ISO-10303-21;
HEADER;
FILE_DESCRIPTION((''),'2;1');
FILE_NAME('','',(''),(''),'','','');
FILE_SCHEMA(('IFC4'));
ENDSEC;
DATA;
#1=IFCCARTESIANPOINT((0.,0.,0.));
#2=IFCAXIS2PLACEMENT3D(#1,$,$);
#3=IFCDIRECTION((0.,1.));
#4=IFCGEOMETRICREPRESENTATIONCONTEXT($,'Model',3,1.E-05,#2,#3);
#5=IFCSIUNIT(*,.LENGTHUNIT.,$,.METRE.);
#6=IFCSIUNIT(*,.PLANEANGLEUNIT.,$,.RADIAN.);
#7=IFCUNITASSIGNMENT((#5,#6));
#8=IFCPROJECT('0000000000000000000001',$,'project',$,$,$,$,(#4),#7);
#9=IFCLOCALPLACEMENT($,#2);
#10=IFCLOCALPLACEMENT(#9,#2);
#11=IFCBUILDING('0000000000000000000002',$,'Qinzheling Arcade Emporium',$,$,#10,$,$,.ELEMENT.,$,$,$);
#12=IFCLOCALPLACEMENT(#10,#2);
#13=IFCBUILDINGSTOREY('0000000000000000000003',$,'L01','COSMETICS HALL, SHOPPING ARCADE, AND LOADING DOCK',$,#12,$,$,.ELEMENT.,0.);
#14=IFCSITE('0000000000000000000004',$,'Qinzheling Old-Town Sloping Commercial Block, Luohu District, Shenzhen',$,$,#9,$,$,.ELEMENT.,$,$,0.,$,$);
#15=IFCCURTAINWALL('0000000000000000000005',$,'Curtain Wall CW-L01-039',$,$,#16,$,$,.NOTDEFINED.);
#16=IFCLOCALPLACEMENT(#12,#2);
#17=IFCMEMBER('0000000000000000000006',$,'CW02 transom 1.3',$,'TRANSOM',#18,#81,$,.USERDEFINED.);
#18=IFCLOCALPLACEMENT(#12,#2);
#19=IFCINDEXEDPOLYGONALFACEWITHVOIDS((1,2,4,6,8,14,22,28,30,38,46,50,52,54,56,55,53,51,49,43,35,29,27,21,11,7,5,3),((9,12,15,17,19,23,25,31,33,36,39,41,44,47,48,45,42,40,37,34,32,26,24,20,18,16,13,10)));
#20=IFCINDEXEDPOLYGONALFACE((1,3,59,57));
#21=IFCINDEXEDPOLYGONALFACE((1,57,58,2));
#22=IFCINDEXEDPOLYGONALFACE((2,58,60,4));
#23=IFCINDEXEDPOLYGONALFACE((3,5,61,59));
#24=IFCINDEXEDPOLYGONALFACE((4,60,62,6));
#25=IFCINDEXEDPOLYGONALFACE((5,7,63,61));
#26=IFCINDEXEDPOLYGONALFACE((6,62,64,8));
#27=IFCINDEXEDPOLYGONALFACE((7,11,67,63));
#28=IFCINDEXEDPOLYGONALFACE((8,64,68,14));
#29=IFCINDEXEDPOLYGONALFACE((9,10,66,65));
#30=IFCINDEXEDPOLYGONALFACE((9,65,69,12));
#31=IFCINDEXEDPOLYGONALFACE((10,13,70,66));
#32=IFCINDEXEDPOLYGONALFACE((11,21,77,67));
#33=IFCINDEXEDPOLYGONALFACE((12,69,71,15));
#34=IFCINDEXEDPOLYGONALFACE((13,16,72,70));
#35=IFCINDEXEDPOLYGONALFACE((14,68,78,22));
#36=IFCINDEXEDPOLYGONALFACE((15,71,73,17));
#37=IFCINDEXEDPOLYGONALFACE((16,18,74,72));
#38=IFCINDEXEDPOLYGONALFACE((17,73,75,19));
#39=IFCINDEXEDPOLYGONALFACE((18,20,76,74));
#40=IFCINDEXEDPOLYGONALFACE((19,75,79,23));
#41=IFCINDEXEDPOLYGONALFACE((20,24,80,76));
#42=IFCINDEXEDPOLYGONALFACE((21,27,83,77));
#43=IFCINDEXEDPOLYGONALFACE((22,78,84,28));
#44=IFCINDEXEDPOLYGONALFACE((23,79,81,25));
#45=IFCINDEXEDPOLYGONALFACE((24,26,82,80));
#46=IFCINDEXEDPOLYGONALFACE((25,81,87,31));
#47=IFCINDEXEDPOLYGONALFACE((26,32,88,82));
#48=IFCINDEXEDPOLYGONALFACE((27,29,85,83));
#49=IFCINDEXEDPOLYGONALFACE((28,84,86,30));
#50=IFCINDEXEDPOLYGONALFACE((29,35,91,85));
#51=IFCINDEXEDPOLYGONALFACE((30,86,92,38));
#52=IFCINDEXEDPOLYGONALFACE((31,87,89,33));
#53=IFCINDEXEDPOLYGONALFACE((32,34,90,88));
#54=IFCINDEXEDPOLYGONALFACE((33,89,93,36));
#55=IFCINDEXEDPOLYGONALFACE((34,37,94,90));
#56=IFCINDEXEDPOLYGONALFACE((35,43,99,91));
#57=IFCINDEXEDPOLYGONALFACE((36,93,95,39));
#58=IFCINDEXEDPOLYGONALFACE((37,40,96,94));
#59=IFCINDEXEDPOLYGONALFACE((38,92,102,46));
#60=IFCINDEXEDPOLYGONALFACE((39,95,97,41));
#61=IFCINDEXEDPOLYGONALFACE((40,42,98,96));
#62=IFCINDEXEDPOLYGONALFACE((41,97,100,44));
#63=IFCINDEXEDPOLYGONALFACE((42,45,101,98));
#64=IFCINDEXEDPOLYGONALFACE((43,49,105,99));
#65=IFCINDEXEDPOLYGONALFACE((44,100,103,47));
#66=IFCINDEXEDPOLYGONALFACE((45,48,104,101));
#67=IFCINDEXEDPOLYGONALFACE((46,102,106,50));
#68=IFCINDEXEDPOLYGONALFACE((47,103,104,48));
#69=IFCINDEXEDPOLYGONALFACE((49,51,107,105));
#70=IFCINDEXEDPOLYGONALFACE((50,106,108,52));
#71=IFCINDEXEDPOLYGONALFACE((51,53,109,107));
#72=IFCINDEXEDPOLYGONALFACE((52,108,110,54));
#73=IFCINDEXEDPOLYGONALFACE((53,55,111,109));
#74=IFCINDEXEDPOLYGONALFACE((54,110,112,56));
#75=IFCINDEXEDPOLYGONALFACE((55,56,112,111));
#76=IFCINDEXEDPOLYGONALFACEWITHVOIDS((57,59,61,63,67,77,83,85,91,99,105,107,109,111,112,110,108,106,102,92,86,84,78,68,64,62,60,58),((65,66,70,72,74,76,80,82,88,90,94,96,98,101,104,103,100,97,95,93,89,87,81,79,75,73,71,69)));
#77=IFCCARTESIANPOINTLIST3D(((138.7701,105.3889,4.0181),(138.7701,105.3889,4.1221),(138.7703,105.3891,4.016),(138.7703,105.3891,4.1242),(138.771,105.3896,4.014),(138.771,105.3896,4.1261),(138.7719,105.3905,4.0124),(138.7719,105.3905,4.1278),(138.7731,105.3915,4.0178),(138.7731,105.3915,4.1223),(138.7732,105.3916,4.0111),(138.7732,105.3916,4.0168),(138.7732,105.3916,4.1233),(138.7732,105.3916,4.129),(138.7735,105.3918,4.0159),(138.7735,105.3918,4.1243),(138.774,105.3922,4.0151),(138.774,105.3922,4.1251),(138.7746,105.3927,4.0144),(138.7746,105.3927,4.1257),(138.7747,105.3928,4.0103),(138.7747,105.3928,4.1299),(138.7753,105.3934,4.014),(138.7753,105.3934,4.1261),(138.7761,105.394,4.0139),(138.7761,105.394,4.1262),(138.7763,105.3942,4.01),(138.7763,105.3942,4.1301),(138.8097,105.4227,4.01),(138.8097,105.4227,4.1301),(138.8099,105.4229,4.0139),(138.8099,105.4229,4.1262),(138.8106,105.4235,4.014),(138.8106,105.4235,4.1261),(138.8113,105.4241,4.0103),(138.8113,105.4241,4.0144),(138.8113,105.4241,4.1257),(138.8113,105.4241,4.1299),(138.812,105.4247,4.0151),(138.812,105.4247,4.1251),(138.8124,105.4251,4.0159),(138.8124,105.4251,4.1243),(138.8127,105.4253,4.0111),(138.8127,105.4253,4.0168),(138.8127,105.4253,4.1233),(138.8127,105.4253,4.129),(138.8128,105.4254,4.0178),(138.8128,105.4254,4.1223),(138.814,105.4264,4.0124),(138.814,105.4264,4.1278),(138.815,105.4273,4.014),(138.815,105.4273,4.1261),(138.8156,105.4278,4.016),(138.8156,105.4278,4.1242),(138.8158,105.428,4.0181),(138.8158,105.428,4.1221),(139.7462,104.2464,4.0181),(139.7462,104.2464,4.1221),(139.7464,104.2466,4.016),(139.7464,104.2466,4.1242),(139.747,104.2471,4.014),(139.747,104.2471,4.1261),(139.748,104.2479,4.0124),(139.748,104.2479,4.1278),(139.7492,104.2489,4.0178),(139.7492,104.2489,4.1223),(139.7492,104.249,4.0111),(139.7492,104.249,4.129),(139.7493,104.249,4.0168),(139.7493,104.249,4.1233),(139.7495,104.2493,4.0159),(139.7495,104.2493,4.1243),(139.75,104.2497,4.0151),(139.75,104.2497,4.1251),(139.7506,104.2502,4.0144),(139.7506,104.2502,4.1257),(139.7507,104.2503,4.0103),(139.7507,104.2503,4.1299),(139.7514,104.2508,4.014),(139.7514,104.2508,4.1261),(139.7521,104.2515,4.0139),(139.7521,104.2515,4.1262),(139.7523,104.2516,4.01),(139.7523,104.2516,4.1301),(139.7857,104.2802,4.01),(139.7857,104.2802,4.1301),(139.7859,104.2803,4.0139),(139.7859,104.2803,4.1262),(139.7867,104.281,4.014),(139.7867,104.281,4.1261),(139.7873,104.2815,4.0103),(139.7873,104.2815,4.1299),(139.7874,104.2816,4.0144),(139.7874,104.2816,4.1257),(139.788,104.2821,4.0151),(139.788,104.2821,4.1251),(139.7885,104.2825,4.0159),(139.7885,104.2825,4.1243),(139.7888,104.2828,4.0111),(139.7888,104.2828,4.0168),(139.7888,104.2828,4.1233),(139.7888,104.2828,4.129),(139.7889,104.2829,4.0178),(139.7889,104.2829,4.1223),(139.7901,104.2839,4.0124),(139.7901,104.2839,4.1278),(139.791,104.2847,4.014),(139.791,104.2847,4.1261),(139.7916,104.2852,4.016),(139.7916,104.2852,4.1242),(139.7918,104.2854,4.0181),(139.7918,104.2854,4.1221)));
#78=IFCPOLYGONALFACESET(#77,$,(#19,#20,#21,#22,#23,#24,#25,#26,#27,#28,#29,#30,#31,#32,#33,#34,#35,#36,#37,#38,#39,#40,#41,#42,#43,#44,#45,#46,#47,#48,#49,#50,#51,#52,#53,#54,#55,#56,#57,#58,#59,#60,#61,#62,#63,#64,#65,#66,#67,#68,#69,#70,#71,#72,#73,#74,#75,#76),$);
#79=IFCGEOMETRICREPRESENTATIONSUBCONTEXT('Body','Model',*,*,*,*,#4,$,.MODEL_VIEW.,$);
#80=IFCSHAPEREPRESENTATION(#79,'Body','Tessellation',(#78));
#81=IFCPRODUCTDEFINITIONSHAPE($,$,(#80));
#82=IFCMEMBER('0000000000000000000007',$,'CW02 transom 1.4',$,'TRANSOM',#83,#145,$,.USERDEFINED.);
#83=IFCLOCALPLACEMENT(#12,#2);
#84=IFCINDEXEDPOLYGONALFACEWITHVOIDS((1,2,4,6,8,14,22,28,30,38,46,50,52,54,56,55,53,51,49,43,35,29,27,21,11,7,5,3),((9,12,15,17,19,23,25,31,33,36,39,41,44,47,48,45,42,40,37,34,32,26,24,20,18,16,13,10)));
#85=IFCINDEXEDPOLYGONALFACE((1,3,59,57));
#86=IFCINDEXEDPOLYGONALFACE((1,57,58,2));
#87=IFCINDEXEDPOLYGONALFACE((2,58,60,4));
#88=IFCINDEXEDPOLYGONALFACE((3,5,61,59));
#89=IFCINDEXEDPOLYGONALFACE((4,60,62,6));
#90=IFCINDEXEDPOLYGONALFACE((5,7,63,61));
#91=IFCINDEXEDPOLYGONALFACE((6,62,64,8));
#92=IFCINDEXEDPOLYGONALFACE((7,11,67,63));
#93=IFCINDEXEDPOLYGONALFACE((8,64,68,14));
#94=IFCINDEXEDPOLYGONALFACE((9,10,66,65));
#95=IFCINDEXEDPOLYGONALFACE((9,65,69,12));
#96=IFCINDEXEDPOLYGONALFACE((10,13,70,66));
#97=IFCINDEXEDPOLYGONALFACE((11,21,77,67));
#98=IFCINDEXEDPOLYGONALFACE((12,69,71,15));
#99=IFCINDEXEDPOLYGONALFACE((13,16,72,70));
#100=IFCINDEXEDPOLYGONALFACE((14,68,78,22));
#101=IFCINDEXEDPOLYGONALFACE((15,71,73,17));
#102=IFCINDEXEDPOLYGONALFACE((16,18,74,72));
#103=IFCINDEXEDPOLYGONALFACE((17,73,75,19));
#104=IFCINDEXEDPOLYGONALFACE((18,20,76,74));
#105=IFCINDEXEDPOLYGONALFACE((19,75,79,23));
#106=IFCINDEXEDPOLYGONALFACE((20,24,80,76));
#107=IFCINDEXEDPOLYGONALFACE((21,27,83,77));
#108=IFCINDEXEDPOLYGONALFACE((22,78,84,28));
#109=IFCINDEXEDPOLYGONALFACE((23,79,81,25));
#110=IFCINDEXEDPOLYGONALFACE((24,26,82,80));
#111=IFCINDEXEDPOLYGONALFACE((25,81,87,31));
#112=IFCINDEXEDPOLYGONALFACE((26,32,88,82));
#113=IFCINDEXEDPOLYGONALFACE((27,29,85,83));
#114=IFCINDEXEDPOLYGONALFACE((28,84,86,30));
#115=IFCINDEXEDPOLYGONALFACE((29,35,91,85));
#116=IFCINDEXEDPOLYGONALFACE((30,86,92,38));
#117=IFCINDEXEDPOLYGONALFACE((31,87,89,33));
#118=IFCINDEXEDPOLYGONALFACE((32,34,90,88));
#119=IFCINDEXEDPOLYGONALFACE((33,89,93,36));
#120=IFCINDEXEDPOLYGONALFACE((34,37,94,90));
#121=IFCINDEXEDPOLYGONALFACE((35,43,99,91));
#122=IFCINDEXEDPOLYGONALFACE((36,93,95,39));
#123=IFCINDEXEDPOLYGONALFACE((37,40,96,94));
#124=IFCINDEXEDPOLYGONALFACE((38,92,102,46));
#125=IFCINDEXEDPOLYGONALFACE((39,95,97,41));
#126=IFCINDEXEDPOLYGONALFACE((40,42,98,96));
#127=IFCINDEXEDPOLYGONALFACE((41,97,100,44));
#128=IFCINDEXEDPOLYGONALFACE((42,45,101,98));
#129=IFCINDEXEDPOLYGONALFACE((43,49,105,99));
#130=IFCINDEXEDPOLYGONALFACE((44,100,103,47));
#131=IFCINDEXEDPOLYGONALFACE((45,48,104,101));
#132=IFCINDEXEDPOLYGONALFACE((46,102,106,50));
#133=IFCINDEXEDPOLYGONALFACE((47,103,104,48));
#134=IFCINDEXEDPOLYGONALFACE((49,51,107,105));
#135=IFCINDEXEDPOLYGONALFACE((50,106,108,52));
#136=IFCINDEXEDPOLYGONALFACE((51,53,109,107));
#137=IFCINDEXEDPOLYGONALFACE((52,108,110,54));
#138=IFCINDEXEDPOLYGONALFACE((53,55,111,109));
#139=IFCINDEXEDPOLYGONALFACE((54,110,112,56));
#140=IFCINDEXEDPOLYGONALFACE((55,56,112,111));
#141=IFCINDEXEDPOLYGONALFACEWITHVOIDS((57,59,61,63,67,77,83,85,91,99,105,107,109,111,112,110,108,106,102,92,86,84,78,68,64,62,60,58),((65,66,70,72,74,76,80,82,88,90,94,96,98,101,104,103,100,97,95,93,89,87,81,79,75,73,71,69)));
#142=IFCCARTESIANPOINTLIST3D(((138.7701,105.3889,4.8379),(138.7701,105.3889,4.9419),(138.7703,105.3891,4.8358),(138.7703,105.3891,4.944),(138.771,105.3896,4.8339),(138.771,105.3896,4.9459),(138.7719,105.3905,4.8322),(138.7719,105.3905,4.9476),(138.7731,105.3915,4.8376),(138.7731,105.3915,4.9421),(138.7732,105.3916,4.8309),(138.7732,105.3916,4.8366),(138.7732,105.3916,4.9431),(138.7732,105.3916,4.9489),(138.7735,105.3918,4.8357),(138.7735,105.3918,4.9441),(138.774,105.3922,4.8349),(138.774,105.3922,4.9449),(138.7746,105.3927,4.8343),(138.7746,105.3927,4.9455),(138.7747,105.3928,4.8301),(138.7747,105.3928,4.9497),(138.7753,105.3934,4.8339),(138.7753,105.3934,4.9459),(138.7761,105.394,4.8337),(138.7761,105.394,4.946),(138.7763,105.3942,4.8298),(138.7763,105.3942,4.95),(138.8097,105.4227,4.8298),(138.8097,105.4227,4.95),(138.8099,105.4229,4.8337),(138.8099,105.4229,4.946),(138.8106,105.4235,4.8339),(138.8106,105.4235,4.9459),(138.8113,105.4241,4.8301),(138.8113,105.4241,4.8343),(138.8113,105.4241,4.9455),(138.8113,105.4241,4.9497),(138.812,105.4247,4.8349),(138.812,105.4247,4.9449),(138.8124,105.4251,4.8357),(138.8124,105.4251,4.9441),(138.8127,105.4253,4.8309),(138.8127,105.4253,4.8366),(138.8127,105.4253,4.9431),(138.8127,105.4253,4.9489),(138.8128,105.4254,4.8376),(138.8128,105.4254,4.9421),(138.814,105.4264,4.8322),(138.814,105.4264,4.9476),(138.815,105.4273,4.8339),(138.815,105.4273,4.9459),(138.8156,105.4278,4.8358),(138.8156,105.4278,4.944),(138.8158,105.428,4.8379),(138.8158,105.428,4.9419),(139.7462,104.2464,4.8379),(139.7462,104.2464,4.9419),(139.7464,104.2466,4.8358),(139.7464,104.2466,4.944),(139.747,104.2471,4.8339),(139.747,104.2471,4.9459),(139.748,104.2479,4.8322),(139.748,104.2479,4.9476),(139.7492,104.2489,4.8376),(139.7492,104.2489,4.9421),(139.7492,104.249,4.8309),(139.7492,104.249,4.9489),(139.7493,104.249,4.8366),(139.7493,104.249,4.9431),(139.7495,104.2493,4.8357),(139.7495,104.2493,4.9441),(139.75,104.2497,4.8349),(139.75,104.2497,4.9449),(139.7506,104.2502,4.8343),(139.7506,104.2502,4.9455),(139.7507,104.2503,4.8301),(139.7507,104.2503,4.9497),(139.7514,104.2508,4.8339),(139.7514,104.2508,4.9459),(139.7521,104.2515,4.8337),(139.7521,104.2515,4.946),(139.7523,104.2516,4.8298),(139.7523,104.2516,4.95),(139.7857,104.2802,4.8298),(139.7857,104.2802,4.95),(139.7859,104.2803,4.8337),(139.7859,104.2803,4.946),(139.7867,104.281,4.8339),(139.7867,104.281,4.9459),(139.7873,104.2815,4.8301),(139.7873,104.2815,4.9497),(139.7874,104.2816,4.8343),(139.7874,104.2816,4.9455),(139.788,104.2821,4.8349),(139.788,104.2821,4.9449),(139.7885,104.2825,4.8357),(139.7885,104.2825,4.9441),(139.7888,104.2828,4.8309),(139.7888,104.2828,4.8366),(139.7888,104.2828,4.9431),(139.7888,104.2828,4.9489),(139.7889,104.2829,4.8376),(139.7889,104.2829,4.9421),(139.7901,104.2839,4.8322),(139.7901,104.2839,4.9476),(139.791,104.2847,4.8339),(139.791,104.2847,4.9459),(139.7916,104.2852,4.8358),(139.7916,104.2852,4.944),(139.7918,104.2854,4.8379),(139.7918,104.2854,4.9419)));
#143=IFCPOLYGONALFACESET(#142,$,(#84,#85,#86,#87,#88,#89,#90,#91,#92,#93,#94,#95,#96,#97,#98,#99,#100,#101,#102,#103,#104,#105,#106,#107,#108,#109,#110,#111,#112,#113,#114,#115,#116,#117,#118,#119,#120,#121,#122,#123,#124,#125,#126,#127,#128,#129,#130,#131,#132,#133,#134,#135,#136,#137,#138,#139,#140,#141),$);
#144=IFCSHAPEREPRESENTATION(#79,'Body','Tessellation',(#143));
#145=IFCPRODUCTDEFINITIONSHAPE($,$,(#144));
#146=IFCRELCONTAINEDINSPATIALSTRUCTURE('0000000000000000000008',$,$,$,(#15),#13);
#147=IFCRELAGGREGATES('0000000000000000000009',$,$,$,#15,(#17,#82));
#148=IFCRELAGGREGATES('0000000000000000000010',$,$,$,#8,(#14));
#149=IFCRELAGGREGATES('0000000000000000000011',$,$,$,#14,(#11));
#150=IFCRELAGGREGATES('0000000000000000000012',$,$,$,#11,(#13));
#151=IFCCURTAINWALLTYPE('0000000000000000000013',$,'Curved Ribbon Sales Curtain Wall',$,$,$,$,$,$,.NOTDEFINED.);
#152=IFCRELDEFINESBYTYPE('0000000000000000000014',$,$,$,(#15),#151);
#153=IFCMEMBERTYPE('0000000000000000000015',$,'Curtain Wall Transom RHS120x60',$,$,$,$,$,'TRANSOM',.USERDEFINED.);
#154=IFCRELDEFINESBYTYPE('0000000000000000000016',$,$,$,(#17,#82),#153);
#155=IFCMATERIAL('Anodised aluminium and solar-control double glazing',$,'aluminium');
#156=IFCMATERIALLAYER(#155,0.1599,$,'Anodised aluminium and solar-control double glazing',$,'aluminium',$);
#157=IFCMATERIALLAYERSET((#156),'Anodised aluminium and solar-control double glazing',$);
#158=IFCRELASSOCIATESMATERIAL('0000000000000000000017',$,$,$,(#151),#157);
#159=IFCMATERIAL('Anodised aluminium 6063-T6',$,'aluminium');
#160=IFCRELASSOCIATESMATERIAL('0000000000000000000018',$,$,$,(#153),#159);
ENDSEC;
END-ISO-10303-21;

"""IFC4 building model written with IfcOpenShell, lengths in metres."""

from ifc_helpers import new_model, si_unit, direction, frame, origin, origin_2d, place, context, subcontext, project, spatial, hollow_rectangle, extrude, material, layer, layer_set, material_profile, profile_set, type_object, element, aggregate, save


model = new_model("IFC4")

# Units and contexts
model_context = context("Model", 3, precision=1e-05, world=origin(), true_north=direction((0.0, 1.0)))
body_context = subcontext(model_context, "Body", "Model", "MODEL_VIEW")
ifc_project = project(units=[si_unit("LENGTHUNIT", "METRE"), si_unit("PLANEANGLEUNIT", "RADIAN")], contexts=[model_context])

# Site, building, storey
site_placement = place(None, origin())
site = spatial("IfcSite", under=ifc_project, at=site_placement, Name="Qinzheling Old-Town Sloping Commercial Block, Luohu District, Shenzhen", CompositionType="ELEMENT", RefElevation=0.0)
building_placement = place(site_placement, origin())
building = spatial("IfcBuilding", under=site, at=building_placement, Name="Qinzheling Arcade Emporium", CompositionType="ELEMENT")
storey_placement = place(building_placement, origin())
storey = spatial("IfcBuildingStorey", under=building, at=storey_placement, Name="L01", Description="COSMETICS HALL, SHOPPING ARCADE, AND LOADING DOCK", CompositionType="ELEMENT", Elevation=0.0)

# Curtain wall
ifc_material_1 = material(Name="Anodised aluminium and solar-control double glazing", Category="aluminium")
ifc_layer_1 = layer(ifc_material_1, 0.1599, Name="Anodised aluminium and solar-control double glazing", Category="aluminium")
ifc_layer_set_1 = layer_set([ifc_layer_1], Name="Anodised aluminium and solar-control double glazing")
curtain_wall_type = type_object("IfcCurtainWallType", Name="Curved Ribbon Sales Curtain Wall", PredefinedType="NOTDEFINED", material=ifc_layer_set_1)
ifc_material_2 = material(Name="Anodised aluminium 6063-T6", Category="aluminium")
curtain_wall_1_placement = place(storey_placement, origin())
curtain_wall_1 = element("IfcCurtainWall", 1, at=curtain_wall_1_placement, inside=storey, type_object=curtain_wall_type, Name="Curtain Wall CW-L01-039", PredefinedType="NOTDEFINED")

# Members
ifc_material_profile_1 = material_profile(ifc_material_2, hollow_rectangle(XDim=0.0601, YDim=0.1201, WallThickness=0.0039, InnerFilletRadius=0.0039, OuterFilletRadius=0.0081, at=origin_2d()), Name="RHS 120x60x4", Category="aluminium")
ifc_profile_set_1 = profile_set([ifc_material_profile_1], Name="Anodised aluminium 6063-T6")
member_type_1 = type_object("IfcMemberType", Name="Curtain Wall Transom RHS120x60", ElementType="TRANSOM", PredefinedType="USERDEFINED", material=ifc_profile_set_1)
member_1_placement = place(storey_placement, frame((138.793, 105.4084, 4.0701), z_axis=(0.649533, -0.760334, 0.0), x_axis=(0.760334, 0.649533, 0.0)))
member_1 = element("IfcMember", 2, at=member_1_placement, type_object=member_type_1, Name="CW02 transom 1.3", ObjectType="TRANSOM", PredefinedType="USERDEFINED", context=body_context, shape_type="SweptSolid", body=[
    extrude(hollow_rectangle(XDim=0.0601, YDim=0.1201, WallThickness=0.0039, InnerFilletRadius=0.0039, OuterFilletRadius=0.0081, at=origin_2d()), origin(), (0.0, 0.0, 1.0), 1.5027),
])
member_2_placement = place(storey_placement, frame((138.793, 105.4084, 4.8899), z_axis=(0.649533, -0.760334, 0.0), x_axis=(0.760334, 0.649533, 0.0)))
member_2 = element("IfcMember", 3, at=member_2_placement, type_object=member_type_1, Name="CW02 transom 1.4", ObjectType="TRANSOM", PredefinedType="USERDEFINED", context=body_context, shape_type="SweptSolid", body=[
    extrude(hollow_rectangle(XDim=0.0601, YDim=0.1201, WallThickness=0.0039, InnerFilletRadius=0.0039, OuterFilletRadius=0.0081, at=origin_2d()), origin(), (0.0, 0.0, 1.0), 1.5027),
])

aggregate(curtain_wall_1, [member_1, member_2])

save(model, "model.ifc")
